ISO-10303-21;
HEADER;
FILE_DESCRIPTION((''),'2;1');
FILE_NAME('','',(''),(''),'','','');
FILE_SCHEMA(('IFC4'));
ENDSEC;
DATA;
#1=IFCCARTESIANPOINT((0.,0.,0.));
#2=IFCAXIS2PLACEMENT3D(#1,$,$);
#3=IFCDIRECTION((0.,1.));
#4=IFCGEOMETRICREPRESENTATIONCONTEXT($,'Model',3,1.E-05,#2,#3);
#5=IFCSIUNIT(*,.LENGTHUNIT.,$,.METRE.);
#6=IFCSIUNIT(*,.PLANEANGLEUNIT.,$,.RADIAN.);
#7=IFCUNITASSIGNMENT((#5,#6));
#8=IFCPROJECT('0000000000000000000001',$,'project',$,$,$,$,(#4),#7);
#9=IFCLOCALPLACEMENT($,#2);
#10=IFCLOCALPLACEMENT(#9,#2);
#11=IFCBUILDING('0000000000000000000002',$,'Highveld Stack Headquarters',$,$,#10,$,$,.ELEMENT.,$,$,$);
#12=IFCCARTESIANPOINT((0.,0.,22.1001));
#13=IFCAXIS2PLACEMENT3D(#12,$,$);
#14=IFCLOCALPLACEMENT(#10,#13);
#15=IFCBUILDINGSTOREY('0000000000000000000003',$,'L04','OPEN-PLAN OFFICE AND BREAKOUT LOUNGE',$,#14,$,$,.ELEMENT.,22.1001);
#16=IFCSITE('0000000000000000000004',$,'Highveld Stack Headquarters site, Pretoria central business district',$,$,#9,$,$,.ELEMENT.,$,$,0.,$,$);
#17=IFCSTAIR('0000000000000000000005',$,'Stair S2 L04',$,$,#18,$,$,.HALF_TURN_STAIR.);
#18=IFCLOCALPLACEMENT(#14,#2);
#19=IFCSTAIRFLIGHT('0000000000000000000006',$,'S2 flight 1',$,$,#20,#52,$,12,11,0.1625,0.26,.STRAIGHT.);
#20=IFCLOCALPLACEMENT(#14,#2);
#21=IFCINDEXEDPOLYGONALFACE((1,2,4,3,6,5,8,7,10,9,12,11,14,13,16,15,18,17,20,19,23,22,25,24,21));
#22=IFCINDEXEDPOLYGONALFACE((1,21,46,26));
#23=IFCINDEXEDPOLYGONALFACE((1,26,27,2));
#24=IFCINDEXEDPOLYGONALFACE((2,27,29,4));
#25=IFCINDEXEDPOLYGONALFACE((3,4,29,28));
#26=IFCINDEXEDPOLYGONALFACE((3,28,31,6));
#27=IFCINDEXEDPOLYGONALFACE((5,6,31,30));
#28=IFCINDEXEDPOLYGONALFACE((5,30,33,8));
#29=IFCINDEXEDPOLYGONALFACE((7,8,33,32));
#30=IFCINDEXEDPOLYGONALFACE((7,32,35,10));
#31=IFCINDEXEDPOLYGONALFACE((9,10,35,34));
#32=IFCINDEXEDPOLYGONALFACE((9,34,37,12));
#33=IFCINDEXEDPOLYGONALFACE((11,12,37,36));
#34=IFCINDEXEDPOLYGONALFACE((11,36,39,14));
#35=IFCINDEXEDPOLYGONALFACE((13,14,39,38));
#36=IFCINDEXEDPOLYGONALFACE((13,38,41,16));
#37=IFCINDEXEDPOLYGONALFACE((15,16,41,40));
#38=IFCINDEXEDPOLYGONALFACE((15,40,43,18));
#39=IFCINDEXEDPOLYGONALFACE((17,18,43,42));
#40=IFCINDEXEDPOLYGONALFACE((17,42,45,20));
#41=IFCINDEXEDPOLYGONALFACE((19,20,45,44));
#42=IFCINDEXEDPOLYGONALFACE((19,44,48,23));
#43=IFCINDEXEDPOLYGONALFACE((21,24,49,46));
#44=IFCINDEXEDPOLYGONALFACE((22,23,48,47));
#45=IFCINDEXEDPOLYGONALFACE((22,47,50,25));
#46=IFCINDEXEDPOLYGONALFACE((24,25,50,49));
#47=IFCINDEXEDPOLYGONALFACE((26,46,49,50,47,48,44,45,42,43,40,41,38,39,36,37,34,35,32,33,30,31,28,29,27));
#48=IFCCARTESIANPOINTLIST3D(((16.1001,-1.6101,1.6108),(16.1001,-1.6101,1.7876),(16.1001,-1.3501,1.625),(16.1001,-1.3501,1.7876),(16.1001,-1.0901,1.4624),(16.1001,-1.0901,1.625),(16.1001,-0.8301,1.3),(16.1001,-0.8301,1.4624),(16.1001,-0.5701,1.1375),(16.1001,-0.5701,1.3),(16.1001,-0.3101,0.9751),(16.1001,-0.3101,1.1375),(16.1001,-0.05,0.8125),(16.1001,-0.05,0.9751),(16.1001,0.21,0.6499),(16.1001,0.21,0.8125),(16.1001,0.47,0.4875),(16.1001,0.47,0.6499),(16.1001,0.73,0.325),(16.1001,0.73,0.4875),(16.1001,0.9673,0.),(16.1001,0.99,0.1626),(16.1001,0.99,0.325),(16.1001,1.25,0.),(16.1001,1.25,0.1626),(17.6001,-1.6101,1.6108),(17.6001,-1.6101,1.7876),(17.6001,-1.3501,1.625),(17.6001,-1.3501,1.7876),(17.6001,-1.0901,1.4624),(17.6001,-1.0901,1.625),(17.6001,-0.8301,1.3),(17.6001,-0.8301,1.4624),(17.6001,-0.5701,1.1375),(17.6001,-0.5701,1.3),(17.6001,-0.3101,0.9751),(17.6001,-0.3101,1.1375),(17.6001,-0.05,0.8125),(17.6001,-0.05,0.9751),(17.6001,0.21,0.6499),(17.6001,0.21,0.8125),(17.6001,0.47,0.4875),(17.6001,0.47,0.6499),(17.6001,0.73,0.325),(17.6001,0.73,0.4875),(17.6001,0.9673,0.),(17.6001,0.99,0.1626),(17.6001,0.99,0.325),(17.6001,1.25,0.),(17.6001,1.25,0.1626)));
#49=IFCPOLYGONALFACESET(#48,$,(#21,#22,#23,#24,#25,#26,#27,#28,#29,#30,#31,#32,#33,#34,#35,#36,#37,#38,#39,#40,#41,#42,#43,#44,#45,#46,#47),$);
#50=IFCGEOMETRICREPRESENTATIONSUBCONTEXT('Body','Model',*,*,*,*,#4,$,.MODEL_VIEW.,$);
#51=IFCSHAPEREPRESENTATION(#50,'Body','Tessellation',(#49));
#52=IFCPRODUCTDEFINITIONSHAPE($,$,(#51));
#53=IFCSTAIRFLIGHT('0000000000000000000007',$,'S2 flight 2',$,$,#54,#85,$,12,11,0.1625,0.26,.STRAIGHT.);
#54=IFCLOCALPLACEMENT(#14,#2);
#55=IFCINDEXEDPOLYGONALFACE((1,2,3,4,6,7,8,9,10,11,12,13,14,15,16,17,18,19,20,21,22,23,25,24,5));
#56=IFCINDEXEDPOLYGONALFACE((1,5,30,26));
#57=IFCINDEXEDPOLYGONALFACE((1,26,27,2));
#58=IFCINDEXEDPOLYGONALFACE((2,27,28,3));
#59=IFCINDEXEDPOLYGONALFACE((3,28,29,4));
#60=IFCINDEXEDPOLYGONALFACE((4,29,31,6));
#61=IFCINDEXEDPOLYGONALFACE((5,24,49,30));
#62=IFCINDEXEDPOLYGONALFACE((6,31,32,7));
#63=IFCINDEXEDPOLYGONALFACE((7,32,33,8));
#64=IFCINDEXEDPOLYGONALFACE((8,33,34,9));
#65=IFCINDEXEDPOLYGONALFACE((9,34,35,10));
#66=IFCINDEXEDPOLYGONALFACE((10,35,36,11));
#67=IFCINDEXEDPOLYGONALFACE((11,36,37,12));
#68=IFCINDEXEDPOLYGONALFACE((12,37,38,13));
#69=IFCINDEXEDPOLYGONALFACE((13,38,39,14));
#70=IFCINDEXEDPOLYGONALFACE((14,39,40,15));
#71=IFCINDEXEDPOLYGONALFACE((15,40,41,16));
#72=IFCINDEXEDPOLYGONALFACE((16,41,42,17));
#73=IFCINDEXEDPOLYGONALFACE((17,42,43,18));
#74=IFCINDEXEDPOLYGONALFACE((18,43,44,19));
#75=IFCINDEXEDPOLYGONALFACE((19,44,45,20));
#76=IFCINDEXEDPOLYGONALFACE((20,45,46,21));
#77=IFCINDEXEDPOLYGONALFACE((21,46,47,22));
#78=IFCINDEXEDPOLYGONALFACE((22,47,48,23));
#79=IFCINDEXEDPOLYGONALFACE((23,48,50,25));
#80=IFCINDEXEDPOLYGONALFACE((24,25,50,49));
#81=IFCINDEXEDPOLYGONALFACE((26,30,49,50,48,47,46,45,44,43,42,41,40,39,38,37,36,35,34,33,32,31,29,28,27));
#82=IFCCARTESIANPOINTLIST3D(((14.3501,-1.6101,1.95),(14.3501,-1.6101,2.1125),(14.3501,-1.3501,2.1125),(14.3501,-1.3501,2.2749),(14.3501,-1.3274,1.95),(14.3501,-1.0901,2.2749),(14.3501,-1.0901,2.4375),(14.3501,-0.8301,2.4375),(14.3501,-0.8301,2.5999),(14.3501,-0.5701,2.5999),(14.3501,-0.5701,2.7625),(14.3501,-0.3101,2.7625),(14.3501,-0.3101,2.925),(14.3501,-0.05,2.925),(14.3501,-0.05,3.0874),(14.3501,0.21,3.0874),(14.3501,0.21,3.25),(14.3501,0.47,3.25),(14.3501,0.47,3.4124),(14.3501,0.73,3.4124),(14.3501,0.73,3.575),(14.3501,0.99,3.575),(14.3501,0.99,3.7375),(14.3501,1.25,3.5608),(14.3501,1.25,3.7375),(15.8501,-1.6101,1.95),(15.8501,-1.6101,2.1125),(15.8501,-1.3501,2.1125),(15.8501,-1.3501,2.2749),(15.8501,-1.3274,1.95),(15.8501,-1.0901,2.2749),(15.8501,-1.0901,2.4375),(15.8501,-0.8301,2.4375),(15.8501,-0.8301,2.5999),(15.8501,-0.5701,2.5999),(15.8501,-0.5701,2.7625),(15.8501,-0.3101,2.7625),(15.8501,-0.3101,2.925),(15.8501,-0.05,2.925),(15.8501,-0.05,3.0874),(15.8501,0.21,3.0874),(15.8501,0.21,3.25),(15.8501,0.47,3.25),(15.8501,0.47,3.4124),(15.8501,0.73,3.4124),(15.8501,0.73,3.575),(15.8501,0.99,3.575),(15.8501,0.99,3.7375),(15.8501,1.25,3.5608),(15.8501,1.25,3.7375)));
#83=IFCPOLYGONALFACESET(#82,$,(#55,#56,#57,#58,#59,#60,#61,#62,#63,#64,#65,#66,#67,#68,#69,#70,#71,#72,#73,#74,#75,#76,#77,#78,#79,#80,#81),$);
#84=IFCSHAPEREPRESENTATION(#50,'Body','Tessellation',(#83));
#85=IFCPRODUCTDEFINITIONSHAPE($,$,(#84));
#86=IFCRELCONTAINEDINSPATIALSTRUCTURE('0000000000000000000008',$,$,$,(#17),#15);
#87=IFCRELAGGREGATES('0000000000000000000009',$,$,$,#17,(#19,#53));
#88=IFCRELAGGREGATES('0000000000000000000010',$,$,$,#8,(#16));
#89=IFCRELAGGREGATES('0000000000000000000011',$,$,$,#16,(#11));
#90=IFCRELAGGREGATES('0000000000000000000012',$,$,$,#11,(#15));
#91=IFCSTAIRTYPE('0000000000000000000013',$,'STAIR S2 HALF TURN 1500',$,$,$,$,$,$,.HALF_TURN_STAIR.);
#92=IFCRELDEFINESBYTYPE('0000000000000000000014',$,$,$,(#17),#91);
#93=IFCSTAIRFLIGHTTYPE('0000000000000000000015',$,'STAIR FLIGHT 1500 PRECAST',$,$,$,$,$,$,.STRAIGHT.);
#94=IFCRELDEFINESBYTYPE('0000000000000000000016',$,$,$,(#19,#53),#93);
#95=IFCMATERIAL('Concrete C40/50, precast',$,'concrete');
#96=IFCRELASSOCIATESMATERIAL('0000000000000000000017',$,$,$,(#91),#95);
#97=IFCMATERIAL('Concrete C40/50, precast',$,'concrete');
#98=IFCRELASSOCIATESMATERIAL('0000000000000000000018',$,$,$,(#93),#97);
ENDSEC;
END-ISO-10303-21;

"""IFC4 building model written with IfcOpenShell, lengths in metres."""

from ifc_helpers import new_model, si_unit, direction, frame, origin, place, context, subcontext, project, spatial, polyline, outline, extrude, material, type_object, element, aggregate, save


model = new_model("IFC4")

# Units and contexts
model_context = context("Model", 3, precision=1e-05, world=origin(), true_north=direction((0.0, 1.0)))
body_context = subcontext(model_context, "Body", "Model", "MODEL_VIEW")
ifc_project = project(units=[si_unit("LENGTHUNIT", "METRE"), si_unit("PLANEANGLEUNIT", "RADIAN")], contexts=[model_context])

# Site, building, storey
site_placement = place(None, origin())
site = spatial("IfcSite", under=ifc_project, at=site_placement, Name="Highveld Stack Headquarters site, Pretoria central business district", CompositionType="ELEMENT", RefElevation=0.0)
building_placement = place(site_placement, origin())
building = spatial("IfcBuilding", under=site, at=building_placement, Name="Highveld Stack Headquarters", CompositionType="ELEMENT")
storey_placement = place(building_placement, frame((0.0, 0.0, 22.1001)))
storey = spatial("IfcBuildingStorey", under=building, at=storey_placement, Name="L04", Description="OPEN-PLAN OFFICE AND BREAKOUT LOUNGE", CompositionType="ELEMENT", Elevation=22.1001)

# Stair
ifc_material_1 = material(Name="Concrete C40/50, precast", Category="concrete")
stair_type_1 = type_object("IfcStairType", Name="STAIR S2 HALF TURN 1500", PredefinedType="HALF_TURN_STAIR", material=ifc_material_1)
stair_1_placement = place(storey_placement, origin())
stair_1 = element("IfcStair", 1, at=stair_1_placement, inside=storey, type_object=stair_type_1, Name="Stair S2 L04", PredefinedType="HALF_TURN_STAIR")

# Stair flights
ifc_material_2 = material(Name="Concrete C40/50, precast", Category="concrete")
stair_flight_type = type_object("IfcStairFlightType", Name="STAIR FLIGHT 1500 PRECAST", PredefinedType="STRAIGHT", material=ifc_material_2)
stair_flight_1_placement = place(storey_placement, frame((16.8501, 1.25, 0.0), z_axis=(0.0, 0.0, 1.0), x_axis=(0.0, -1.0, 0.0)))
stair_flight_1 = element("IfcStairFlight", 2, at=stair_flight_1_placement, type_object=stair_flight_type, Name="S2 flight 1", NumberOfRisers=12, NumberOfTreads=11, PredefinedType="STRAIGHT", RiserHeight=0.1625, TreadLength=0.26, context=body_context, shape_type="SweptSolid", body=[
    extrude(outline(polyline([(0.0, 0.0), (0.0, 0.1626), (0.26, 0.1626), (0.26, 0.325), (0.52, 0.325), (0.52, 0.4875), (0.78, 0.4875), (0.78, 0.6499), (1.04, 0.6499), (1.04, 0.8125), (1.3, 0.8125), (1.3, 0.9751), (1.5601, 0.9751), (1.5601, 1.1375), (1.8201, 1.1375), (1.8201, 1.3), (2.0801, 1.3), (2.0801, 1.4624), (2.3401, 1.4624), (2.3401, 1.625), (2.6001, 1.625), (2.6001, 1.7876), (2.8601, 1.7876), (2.8601, 1.95), (2.8601, 1.6108), (0.2827, 0.0), (0.0, 0.0)])), frame((0.0, 0.75, 0.0), z_axis=(0.0, -1.0, 0.0), x_axis=(1.0, 0.0, 0.0)), (0.0, 0.0, 1.0), 1.5),
])
stair_flight_2_placement = place(storey_placement, frame((15.1001, -1.6101, 1.95), z_axis=(0.0, 0.0, 1.0), x_axis=(0.0, 1.0, 0.0)))
stair_flight_2 = element("IfcStairFlight", 3, at=stair_flight_2_placement, type_object=stair_flight_type, Name="S2 flight 2", NumberOfRisers=12, NumberOfTreads=11, PredefinedType="STRAIGHT", RiserHeight=0.1625, TreadLength=0.26, context=body_context, shape_type="SweptSolid", body=[
    extrude(outline(polyline([(0.0, 0.0), (0.0, 0.1626), (0.26, 0.1626), (0.26, 0.325), (0.52, 0.325), (0.52, 0.4875), (0.78, 0.4875), (0.78, 0.6499), (1.04, 0.6499), (1.04, 0.8125), (1.3, 0.8125), (1.3, 0.9751), (1.5601, 0.9751), (1.5601, 1.1375), (1.8201, 1.1375), (1.8201, 1.3), (2.0801, 1.3), (2.0801, 1.4624), (2.3401, 1.4624), (2.3401, 1.625), (2.6001, 1.625), (2.6001, 1.7876), (2.8601, 1.7876), (2.8601, 1.95), (2.8601, 1.6108), (0.2827, 0.0), (0.0, 0.0)])), frame((0.0, 0.75, 0.0), z_axis=(0.0, -1.0, 0.0), x_axis=(1.0, 0.0, 0.0)), (0.0, 0.0, 1.0), 1.5),
])
aggregate(stair_1, [stair_flight_1, stair_flight_2])

save(model, "model.ifc")
